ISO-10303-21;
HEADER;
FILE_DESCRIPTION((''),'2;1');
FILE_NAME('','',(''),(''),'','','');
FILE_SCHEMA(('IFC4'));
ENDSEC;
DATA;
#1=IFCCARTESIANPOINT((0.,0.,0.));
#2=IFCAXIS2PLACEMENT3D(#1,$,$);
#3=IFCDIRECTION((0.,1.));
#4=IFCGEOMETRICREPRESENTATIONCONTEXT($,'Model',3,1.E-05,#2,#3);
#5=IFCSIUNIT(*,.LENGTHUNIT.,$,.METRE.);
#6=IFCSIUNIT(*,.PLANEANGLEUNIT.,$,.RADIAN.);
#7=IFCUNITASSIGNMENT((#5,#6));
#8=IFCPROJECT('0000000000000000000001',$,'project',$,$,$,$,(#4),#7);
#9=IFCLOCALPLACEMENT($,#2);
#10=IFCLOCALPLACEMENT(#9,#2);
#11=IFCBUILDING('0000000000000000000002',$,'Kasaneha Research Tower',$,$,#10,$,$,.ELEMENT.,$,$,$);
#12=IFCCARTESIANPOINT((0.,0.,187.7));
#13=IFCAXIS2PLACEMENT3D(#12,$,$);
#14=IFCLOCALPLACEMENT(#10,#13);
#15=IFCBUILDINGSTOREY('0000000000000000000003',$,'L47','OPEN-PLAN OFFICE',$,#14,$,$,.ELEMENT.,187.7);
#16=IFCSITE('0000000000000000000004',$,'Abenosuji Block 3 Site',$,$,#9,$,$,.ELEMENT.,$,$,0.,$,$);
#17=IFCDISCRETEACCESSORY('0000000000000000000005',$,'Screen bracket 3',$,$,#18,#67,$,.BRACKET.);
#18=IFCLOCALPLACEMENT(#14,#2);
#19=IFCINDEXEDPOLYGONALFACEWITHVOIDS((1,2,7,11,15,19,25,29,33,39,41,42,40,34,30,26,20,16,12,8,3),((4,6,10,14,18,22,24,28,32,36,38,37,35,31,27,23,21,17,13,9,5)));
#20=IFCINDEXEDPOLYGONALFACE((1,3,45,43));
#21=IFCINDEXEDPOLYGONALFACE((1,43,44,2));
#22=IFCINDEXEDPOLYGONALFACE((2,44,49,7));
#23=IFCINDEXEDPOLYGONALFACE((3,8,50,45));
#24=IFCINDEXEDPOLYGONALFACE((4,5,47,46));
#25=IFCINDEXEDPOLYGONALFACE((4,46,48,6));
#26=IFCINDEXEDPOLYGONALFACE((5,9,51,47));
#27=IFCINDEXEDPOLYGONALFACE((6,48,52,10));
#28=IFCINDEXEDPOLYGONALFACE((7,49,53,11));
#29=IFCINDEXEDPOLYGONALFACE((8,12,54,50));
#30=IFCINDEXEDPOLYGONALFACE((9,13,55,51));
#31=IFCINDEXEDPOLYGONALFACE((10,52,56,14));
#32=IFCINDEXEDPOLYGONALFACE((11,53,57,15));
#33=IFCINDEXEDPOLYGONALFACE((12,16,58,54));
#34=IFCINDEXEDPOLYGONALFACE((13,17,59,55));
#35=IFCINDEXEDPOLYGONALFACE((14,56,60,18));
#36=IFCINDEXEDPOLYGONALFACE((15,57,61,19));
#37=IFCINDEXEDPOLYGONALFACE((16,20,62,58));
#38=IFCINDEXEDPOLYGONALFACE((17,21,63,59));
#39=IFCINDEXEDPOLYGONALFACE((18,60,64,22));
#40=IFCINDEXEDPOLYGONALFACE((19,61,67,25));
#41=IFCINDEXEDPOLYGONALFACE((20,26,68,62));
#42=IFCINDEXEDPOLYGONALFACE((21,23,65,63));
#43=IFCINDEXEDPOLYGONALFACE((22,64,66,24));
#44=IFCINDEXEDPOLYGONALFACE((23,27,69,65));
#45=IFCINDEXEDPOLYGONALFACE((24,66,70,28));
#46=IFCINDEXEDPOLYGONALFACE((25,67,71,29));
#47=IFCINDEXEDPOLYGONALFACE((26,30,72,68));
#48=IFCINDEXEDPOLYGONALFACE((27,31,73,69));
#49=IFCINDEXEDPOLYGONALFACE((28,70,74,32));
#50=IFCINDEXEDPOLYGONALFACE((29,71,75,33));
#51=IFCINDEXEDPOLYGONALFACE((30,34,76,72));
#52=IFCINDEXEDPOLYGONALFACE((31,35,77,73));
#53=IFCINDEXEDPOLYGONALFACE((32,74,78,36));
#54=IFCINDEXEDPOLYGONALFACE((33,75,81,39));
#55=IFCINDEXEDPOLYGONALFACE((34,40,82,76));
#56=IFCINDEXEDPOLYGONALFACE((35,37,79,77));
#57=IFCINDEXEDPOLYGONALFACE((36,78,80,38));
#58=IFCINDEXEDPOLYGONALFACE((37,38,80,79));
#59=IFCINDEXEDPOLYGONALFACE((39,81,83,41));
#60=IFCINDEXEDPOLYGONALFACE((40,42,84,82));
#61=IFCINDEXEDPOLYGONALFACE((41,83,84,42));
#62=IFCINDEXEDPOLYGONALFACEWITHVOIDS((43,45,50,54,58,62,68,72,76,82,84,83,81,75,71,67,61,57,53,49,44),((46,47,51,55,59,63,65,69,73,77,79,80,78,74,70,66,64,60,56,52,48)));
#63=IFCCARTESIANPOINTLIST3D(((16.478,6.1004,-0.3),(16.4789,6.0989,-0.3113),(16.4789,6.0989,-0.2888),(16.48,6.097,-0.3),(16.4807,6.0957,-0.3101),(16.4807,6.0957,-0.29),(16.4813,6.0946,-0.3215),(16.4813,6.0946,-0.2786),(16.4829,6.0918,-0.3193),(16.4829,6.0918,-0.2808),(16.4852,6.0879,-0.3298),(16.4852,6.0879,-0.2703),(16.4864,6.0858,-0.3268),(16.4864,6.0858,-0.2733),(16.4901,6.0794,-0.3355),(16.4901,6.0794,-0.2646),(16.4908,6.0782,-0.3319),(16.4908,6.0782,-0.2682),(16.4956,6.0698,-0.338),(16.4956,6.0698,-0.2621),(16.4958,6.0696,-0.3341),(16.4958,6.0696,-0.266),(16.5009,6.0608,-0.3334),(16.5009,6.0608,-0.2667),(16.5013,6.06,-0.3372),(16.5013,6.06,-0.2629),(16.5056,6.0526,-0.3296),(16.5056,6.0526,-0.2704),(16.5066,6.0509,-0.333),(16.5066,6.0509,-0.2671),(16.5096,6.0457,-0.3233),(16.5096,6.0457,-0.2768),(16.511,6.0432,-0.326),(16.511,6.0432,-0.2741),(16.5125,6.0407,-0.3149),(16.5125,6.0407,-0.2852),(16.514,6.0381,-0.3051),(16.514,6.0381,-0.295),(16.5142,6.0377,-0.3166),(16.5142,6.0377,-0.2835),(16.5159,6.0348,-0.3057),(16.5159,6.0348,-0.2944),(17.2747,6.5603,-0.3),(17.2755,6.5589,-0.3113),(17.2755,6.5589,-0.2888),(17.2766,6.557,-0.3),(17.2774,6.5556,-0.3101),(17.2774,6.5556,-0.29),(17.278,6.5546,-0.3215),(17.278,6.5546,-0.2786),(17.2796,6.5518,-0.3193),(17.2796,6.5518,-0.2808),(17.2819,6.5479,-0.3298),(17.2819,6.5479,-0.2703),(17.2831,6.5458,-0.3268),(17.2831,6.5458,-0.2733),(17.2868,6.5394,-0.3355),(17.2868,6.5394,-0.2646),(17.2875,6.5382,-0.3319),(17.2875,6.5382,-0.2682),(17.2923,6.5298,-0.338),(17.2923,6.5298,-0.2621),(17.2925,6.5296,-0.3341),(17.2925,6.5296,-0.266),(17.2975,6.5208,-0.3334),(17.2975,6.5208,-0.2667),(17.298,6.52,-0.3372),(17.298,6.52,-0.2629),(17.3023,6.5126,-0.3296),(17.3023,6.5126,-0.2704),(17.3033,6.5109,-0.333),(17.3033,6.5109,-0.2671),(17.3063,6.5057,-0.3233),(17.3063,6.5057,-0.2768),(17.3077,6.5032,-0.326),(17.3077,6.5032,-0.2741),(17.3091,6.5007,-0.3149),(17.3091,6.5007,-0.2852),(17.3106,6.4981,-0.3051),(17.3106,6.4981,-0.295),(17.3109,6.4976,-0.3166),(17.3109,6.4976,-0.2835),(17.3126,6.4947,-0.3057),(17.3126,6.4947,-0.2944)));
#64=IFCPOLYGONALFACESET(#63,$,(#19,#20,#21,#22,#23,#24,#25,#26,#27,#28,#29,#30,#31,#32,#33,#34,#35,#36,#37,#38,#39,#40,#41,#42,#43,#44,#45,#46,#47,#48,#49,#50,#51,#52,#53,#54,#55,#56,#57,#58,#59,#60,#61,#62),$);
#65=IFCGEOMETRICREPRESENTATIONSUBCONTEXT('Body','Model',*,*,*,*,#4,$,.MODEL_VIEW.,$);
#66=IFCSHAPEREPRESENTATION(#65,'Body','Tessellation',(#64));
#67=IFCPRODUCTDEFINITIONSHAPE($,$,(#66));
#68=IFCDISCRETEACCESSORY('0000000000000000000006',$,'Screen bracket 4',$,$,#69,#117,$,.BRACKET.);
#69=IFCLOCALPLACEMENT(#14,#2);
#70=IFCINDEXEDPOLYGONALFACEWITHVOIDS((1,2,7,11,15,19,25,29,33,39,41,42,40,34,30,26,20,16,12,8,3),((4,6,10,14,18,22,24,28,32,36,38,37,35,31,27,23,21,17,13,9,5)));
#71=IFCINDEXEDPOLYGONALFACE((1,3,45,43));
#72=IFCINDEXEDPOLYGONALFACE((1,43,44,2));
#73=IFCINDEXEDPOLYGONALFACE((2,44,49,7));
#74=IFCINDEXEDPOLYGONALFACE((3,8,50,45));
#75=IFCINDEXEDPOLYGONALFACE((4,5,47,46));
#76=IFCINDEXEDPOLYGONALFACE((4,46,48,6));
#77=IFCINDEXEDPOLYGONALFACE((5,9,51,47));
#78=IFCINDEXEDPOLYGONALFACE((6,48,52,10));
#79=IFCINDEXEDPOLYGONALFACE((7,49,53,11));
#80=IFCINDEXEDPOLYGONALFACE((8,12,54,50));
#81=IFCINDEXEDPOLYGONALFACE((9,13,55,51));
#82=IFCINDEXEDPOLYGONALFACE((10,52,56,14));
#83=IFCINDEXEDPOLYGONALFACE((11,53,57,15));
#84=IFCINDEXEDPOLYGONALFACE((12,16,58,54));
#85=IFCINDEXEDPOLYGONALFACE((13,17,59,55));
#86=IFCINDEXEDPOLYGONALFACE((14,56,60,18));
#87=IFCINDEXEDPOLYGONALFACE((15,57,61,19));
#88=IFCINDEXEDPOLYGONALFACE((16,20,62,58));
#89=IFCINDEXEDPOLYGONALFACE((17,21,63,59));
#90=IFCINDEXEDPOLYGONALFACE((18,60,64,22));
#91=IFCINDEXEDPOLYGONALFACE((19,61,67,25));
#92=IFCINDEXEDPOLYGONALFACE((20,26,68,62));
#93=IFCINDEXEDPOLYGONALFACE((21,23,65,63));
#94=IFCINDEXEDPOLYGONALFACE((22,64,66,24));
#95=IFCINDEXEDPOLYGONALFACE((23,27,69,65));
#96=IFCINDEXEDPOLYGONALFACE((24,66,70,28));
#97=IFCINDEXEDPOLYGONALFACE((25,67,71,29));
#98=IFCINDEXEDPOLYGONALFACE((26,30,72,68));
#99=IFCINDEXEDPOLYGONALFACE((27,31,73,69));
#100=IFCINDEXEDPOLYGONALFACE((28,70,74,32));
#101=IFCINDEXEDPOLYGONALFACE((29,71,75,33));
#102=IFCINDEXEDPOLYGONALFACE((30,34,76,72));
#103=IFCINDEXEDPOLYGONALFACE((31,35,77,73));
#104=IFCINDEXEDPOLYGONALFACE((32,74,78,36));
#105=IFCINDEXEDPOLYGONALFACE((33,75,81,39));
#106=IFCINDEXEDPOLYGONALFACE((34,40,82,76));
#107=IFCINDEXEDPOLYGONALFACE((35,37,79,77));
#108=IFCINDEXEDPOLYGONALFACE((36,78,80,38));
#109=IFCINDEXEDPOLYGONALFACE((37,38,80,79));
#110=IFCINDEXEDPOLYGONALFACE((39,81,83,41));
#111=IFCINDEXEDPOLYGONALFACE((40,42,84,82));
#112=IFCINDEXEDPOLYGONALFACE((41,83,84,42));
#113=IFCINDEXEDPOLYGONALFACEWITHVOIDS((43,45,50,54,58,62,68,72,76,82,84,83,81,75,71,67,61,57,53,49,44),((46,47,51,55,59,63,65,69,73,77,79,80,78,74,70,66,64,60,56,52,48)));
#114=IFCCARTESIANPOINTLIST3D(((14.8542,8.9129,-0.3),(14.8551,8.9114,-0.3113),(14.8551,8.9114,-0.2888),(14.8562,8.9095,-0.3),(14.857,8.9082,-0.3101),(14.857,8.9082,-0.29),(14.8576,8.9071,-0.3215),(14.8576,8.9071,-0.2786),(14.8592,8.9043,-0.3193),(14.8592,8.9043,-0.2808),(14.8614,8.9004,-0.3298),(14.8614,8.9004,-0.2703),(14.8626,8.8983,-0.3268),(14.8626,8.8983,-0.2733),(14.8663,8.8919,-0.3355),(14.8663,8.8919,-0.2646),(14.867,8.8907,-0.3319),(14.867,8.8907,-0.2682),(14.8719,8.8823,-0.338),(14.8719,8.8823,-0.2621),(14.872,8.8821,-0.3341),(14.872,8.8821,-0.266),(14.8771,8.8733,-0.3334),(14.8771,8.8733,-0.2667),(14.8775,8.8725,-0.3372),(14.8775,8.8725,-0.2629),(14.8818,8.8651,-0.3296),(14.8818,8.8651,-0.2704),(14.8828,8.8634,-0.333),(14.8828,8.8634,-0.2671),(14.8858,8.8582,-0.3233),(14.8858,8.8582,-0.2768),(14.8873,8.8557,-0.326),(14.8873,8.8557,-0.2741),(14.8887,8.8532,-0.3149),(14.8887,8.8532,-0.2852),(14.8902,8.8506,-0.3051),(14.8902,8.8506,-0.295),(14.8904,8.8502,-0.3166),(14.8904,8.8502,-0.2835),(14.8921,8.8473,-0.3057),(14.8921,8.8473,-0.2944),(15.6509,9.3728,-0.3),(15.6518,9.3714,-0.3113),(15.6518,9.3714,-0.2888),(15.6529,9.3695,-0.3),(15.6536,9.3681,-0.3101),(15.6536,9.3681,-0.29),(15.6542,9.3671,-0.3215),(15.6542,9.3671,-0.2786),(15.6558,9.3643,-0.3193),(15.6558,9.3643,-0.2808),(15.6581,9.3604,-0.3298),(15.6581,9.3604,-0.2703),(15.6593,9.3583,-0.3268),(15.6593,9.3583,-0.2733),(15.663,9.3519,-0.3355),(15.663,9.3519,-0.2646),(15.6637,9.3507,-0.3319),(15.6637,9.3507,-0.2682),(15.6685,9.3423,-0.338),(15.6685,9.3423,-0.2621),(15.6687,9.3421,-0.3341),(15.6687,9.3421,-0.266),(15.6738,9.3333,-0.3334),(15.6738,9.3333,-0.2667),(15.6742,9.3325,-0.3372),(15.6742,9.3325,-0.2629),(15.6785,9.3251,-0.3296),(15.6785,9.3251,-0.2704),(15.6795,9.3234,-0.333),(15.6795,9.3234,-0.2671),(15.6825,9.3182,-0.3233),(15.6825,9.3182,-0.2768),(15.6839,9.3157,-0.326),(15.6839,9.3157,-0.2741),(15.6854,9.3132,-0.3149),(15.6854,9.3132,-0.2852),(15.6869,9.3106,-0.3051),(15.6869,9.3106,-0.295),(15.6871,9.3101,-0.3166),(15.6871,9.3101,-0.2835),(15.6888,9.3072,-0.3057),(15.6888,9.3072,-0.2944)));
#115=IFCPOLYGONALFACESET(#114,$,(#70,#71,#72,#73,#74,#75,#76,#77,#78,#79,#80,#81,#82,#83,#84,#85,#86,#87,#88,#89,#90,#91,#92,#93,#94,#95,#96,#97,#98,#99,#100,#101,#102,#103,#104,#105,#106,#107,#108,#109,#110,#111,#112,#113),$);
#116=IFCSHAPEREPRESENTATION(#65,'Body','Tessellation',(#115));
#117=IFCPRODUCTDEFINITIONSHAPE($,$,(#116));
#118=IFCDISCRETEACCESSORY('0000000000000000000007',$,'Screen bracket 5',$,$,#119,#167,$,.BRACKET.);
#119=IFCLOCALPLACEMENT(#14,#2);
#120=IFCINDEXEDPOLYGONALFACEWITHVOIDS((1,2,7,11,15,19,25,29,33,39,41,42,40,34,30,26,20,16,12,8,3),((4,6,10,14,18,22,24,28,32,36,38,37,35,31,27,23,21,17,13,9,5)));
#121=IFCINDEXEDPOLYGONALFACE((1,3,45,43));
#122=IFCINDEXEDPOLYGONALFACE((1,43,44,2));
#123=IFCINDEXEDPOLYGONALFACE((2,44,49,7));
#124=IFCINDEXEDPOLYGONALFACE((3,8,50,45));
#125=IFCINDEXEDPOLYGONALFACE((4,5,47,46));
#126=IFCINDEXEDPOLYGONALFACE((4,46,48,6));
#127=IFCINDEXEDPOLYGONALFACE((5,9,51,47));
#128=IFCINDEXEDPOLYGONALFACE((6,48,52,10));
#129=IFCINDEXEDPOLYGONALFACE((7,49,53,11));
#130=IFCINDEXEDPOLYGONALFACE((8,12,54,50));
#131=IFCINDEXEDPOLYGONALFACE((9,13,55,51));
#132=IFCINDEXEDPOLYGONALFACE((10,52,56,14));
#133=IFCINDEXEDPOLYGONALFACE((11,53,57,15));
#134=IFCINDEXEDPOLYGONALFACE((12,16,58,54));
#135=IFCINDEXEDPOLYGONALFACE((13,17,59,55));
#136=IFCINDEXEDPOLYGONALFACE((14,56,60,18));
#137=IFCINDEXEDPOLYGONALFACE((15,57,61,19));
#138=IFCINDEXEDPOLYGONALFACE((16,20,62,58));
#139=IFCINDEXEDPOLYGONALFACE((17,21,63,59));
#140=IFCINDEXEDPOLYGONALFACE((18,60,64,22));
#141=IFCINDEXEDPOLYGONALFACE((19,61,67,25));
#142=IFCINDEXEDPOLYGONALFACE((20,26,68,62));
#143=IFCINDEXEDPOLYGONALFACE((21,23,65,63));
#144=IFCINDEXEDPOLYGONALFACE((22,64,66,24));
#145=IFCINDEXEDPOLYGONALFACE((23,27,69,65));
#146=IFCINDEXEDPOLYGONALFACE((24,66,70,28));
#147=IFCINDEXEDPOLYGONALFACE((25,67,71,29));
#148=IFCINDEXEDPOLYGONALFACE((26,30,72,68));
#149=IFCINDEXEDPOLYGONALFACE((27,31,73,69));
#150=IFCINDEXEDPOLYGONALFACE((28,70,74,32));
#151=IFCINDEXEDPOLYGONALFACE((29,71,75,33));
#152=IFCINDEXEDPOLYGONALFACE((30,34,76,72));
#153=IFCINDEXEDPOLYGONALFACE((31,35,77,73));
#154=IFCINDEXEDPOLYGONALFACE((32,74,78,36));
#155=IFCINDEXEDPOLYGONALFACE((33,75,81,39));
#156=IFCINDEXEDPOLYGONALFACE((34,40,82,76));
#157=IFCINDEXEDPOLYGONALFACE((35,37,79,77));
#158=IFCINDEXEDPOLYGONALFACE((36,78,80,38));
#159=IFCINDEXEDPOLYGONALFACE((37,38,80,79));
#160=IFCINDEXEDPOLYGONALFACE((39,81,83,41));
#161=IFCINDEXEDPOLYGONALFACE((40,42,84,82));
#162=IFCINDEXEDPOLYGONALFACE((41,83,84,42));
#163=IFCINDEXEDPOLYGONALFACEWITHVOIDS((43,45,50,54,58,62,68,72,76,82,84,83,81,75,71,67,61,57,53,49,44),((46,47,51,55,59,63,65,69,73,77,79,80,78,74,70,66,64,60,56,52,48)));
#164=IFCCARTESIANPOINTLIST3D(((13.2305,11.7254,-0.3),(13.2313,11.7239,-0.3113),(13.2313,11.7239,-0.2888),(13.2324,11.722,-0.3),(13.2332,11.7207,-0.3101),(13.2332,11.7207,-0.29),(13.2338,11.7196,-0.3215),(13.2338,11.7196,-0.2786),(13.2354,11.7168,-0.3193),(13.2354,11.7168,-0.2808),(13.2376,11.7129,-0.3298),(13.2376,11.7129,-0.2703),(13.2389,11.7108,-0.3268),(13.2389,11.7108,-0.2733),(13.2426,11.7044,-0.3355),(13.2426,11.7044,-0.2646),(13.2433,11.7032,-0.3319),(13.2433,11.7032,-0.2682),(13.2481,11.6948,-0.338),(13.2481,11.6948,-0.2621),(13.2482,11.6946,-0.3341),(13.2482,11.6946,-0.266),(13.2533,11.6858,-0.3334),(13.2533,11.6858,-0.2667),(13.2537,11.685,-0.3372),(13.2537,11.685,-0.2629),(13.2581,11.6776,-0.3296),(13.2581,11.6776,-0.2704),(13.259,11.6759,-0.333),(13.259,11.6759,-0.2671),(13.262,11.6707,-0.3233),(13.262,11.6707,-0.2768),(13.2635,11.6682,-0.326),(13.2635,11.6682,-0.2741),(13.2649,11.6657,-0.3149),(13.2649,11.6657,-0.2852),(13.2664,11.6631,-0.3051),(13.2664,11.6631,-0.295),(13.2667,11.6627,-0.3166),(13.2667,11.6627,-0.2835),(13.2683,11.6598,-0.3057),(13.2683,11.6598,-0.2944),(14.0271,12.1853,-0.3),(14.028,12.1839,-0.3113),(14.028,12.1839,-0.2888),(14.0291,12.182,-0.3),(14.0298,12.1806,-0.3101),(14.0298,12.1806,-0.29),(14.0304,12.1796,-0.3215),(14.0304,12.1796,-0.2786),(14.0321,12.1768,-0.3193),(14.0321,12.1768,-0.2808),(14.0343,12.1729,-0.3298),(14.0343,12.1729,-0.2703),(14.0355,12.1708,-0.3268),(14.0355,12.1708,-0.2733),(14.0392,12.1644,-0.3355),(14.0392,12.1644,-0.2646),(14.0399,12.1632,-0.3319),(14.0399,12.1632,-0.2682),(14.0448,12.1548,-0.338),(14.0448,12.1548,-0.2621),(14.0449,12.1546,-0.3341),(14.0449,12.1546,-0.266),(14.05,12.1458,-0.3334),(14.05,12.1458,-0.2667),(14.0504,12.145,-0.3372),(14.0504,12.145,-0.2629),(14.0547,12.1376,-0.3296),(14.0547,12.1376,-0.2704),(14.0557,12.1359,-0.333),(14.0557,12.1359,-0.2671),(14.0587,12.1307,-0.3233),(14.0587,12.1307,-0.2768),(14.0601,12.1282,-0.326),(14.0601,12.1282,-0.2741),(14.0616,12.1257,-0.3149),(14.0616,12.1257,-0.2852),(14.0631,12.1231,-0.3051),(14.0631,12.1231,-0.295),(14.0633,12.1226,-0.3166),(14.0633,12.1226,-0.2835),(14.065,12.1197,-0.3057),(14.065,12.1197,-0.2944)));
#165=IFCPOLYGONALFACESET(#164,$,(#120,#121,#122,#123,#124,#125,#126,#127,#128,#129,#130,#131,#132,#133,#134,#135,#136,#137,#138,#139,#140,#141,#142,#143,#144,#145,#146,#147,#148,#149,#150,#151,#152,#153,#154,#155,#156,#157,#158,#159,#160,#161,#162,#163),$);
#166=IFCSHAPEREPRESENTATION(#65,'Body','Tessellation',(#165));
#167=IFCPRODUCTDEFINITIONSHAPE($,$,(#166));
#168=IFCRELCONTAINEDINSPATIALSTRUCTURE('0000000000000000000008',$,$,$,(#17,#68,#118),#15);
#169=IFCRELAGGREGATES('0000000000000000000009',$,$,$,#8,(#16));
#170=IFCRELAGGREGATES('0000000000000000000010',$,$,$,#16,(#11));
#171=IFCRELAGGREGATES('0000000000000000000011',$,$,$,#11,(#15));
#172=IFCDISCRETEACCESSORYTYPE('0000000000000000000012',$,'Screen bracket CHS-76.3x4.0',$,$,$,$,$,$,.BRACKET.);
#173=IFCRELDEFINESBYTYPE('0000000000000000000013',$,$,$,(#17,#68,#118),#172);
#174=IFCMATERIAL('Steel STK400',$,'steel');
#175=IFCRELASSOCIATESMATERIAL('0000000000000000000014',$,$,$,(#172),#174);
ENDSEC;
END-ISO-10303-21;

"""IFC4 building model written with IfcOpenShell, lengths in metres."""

from ifc_helpers import new_model, si_unit, direction, frame, origin, origin_2d, place, context, subcontext, project, spatial, hollow_circle, extrude, material, material_profile, profile_set, type_object, element, save


model = new_model("IFC4")

# Units and contexts
model_context = context("Model", 3, precision=1e-05, world=origin(), true_north=direction((0.0, 1.0)))
body_context = subcontext(model_context, "Body", "Model", "MODEL_VIEW")
ifc_project = project(units=[si_unit("LENGTHUNIT", "METRE"), si_unit("PLANEANGLEUNIT", "RADIAN")], contexts=[model_context])

# Site, building, storey
site_placement = place(None, origin())
site = spatial("IfcSite", under=ifc_project, at=site_placement, Name="Abenosuji Block 3 Site", CompositionType="ELEMENT", RefElevation=0.0)
building_placement = place(site_placement, origin())
building = spatial("IfcBuilding", under=site, at=building_placement, Name="Kasaneha Research Tower", CompositionType="ELEMENT")
storey_placement = place(building_placement, frame((0.0, 0.0, 187.7)))
storey = spatial("IfcBuildingStorey", under=building, at=storey_placement, Name="L47", Description="OPEN-PLAN OFFICE", CompositionType="ELEMENT", Elevation=187.7)

# Discrete accessories
ifc_material_1 = material(Name="Steel STK400", Category="steel")
ifc_material_profile_1 = material_profile(ifc_material_1, hollow_circle(Radius=0.0381, WallThickness=0.0039, at=origin_2d()), Name="CHS-76.3x4.0")
ifc_profile_set_1 = profile_set([ifc_material_profile_1], Name="Steel STK400")
discrete_accessory_type = type_object("IfcDiscreteAccessoryType", Name="Screen bracket CHS-76.3x4.0", PredefinedType="BRACKET", material=ifc_profile_set_1)
for number, where, z_axis, x_axis, name in (
    (1, (16.4971, 6.0674, -0.3), (0.866013, 0.500021, 0.0), (-0.500021, 0.866013, 0.0), "Screen bracket 3"),
    (2, (14.8733, 8.8799, -0.3), (0.866013, 0.500021, 0.0), (-0.500021, 0.866013, 0.0), "Screen bracket 4"),
    (3, (13.2495, 11.6924, -0.3), (0.866013, 0.500021, 0.0), (-0.500021, 0.866013, 0.0), "Screen bracket 5"),
):
    element("IfcDiscreteAccessory", number, at=place(storey_placement, frame(where, z_axis=z_axis, x_axis=x_axis)), inside=storey, type_object=discrete_accessory_type, Name=name, PredefinedType="BRACKET", context=body_context, shape_type="SweptSolid", body=[
        extrude(hollow_circle(Radius=0.0381, WallThickness=0.0039, at=origin_2d()), origin(), (0.0, 0.0, 1.0), 0.9199),
    ])

save(model, "model.ifc")
